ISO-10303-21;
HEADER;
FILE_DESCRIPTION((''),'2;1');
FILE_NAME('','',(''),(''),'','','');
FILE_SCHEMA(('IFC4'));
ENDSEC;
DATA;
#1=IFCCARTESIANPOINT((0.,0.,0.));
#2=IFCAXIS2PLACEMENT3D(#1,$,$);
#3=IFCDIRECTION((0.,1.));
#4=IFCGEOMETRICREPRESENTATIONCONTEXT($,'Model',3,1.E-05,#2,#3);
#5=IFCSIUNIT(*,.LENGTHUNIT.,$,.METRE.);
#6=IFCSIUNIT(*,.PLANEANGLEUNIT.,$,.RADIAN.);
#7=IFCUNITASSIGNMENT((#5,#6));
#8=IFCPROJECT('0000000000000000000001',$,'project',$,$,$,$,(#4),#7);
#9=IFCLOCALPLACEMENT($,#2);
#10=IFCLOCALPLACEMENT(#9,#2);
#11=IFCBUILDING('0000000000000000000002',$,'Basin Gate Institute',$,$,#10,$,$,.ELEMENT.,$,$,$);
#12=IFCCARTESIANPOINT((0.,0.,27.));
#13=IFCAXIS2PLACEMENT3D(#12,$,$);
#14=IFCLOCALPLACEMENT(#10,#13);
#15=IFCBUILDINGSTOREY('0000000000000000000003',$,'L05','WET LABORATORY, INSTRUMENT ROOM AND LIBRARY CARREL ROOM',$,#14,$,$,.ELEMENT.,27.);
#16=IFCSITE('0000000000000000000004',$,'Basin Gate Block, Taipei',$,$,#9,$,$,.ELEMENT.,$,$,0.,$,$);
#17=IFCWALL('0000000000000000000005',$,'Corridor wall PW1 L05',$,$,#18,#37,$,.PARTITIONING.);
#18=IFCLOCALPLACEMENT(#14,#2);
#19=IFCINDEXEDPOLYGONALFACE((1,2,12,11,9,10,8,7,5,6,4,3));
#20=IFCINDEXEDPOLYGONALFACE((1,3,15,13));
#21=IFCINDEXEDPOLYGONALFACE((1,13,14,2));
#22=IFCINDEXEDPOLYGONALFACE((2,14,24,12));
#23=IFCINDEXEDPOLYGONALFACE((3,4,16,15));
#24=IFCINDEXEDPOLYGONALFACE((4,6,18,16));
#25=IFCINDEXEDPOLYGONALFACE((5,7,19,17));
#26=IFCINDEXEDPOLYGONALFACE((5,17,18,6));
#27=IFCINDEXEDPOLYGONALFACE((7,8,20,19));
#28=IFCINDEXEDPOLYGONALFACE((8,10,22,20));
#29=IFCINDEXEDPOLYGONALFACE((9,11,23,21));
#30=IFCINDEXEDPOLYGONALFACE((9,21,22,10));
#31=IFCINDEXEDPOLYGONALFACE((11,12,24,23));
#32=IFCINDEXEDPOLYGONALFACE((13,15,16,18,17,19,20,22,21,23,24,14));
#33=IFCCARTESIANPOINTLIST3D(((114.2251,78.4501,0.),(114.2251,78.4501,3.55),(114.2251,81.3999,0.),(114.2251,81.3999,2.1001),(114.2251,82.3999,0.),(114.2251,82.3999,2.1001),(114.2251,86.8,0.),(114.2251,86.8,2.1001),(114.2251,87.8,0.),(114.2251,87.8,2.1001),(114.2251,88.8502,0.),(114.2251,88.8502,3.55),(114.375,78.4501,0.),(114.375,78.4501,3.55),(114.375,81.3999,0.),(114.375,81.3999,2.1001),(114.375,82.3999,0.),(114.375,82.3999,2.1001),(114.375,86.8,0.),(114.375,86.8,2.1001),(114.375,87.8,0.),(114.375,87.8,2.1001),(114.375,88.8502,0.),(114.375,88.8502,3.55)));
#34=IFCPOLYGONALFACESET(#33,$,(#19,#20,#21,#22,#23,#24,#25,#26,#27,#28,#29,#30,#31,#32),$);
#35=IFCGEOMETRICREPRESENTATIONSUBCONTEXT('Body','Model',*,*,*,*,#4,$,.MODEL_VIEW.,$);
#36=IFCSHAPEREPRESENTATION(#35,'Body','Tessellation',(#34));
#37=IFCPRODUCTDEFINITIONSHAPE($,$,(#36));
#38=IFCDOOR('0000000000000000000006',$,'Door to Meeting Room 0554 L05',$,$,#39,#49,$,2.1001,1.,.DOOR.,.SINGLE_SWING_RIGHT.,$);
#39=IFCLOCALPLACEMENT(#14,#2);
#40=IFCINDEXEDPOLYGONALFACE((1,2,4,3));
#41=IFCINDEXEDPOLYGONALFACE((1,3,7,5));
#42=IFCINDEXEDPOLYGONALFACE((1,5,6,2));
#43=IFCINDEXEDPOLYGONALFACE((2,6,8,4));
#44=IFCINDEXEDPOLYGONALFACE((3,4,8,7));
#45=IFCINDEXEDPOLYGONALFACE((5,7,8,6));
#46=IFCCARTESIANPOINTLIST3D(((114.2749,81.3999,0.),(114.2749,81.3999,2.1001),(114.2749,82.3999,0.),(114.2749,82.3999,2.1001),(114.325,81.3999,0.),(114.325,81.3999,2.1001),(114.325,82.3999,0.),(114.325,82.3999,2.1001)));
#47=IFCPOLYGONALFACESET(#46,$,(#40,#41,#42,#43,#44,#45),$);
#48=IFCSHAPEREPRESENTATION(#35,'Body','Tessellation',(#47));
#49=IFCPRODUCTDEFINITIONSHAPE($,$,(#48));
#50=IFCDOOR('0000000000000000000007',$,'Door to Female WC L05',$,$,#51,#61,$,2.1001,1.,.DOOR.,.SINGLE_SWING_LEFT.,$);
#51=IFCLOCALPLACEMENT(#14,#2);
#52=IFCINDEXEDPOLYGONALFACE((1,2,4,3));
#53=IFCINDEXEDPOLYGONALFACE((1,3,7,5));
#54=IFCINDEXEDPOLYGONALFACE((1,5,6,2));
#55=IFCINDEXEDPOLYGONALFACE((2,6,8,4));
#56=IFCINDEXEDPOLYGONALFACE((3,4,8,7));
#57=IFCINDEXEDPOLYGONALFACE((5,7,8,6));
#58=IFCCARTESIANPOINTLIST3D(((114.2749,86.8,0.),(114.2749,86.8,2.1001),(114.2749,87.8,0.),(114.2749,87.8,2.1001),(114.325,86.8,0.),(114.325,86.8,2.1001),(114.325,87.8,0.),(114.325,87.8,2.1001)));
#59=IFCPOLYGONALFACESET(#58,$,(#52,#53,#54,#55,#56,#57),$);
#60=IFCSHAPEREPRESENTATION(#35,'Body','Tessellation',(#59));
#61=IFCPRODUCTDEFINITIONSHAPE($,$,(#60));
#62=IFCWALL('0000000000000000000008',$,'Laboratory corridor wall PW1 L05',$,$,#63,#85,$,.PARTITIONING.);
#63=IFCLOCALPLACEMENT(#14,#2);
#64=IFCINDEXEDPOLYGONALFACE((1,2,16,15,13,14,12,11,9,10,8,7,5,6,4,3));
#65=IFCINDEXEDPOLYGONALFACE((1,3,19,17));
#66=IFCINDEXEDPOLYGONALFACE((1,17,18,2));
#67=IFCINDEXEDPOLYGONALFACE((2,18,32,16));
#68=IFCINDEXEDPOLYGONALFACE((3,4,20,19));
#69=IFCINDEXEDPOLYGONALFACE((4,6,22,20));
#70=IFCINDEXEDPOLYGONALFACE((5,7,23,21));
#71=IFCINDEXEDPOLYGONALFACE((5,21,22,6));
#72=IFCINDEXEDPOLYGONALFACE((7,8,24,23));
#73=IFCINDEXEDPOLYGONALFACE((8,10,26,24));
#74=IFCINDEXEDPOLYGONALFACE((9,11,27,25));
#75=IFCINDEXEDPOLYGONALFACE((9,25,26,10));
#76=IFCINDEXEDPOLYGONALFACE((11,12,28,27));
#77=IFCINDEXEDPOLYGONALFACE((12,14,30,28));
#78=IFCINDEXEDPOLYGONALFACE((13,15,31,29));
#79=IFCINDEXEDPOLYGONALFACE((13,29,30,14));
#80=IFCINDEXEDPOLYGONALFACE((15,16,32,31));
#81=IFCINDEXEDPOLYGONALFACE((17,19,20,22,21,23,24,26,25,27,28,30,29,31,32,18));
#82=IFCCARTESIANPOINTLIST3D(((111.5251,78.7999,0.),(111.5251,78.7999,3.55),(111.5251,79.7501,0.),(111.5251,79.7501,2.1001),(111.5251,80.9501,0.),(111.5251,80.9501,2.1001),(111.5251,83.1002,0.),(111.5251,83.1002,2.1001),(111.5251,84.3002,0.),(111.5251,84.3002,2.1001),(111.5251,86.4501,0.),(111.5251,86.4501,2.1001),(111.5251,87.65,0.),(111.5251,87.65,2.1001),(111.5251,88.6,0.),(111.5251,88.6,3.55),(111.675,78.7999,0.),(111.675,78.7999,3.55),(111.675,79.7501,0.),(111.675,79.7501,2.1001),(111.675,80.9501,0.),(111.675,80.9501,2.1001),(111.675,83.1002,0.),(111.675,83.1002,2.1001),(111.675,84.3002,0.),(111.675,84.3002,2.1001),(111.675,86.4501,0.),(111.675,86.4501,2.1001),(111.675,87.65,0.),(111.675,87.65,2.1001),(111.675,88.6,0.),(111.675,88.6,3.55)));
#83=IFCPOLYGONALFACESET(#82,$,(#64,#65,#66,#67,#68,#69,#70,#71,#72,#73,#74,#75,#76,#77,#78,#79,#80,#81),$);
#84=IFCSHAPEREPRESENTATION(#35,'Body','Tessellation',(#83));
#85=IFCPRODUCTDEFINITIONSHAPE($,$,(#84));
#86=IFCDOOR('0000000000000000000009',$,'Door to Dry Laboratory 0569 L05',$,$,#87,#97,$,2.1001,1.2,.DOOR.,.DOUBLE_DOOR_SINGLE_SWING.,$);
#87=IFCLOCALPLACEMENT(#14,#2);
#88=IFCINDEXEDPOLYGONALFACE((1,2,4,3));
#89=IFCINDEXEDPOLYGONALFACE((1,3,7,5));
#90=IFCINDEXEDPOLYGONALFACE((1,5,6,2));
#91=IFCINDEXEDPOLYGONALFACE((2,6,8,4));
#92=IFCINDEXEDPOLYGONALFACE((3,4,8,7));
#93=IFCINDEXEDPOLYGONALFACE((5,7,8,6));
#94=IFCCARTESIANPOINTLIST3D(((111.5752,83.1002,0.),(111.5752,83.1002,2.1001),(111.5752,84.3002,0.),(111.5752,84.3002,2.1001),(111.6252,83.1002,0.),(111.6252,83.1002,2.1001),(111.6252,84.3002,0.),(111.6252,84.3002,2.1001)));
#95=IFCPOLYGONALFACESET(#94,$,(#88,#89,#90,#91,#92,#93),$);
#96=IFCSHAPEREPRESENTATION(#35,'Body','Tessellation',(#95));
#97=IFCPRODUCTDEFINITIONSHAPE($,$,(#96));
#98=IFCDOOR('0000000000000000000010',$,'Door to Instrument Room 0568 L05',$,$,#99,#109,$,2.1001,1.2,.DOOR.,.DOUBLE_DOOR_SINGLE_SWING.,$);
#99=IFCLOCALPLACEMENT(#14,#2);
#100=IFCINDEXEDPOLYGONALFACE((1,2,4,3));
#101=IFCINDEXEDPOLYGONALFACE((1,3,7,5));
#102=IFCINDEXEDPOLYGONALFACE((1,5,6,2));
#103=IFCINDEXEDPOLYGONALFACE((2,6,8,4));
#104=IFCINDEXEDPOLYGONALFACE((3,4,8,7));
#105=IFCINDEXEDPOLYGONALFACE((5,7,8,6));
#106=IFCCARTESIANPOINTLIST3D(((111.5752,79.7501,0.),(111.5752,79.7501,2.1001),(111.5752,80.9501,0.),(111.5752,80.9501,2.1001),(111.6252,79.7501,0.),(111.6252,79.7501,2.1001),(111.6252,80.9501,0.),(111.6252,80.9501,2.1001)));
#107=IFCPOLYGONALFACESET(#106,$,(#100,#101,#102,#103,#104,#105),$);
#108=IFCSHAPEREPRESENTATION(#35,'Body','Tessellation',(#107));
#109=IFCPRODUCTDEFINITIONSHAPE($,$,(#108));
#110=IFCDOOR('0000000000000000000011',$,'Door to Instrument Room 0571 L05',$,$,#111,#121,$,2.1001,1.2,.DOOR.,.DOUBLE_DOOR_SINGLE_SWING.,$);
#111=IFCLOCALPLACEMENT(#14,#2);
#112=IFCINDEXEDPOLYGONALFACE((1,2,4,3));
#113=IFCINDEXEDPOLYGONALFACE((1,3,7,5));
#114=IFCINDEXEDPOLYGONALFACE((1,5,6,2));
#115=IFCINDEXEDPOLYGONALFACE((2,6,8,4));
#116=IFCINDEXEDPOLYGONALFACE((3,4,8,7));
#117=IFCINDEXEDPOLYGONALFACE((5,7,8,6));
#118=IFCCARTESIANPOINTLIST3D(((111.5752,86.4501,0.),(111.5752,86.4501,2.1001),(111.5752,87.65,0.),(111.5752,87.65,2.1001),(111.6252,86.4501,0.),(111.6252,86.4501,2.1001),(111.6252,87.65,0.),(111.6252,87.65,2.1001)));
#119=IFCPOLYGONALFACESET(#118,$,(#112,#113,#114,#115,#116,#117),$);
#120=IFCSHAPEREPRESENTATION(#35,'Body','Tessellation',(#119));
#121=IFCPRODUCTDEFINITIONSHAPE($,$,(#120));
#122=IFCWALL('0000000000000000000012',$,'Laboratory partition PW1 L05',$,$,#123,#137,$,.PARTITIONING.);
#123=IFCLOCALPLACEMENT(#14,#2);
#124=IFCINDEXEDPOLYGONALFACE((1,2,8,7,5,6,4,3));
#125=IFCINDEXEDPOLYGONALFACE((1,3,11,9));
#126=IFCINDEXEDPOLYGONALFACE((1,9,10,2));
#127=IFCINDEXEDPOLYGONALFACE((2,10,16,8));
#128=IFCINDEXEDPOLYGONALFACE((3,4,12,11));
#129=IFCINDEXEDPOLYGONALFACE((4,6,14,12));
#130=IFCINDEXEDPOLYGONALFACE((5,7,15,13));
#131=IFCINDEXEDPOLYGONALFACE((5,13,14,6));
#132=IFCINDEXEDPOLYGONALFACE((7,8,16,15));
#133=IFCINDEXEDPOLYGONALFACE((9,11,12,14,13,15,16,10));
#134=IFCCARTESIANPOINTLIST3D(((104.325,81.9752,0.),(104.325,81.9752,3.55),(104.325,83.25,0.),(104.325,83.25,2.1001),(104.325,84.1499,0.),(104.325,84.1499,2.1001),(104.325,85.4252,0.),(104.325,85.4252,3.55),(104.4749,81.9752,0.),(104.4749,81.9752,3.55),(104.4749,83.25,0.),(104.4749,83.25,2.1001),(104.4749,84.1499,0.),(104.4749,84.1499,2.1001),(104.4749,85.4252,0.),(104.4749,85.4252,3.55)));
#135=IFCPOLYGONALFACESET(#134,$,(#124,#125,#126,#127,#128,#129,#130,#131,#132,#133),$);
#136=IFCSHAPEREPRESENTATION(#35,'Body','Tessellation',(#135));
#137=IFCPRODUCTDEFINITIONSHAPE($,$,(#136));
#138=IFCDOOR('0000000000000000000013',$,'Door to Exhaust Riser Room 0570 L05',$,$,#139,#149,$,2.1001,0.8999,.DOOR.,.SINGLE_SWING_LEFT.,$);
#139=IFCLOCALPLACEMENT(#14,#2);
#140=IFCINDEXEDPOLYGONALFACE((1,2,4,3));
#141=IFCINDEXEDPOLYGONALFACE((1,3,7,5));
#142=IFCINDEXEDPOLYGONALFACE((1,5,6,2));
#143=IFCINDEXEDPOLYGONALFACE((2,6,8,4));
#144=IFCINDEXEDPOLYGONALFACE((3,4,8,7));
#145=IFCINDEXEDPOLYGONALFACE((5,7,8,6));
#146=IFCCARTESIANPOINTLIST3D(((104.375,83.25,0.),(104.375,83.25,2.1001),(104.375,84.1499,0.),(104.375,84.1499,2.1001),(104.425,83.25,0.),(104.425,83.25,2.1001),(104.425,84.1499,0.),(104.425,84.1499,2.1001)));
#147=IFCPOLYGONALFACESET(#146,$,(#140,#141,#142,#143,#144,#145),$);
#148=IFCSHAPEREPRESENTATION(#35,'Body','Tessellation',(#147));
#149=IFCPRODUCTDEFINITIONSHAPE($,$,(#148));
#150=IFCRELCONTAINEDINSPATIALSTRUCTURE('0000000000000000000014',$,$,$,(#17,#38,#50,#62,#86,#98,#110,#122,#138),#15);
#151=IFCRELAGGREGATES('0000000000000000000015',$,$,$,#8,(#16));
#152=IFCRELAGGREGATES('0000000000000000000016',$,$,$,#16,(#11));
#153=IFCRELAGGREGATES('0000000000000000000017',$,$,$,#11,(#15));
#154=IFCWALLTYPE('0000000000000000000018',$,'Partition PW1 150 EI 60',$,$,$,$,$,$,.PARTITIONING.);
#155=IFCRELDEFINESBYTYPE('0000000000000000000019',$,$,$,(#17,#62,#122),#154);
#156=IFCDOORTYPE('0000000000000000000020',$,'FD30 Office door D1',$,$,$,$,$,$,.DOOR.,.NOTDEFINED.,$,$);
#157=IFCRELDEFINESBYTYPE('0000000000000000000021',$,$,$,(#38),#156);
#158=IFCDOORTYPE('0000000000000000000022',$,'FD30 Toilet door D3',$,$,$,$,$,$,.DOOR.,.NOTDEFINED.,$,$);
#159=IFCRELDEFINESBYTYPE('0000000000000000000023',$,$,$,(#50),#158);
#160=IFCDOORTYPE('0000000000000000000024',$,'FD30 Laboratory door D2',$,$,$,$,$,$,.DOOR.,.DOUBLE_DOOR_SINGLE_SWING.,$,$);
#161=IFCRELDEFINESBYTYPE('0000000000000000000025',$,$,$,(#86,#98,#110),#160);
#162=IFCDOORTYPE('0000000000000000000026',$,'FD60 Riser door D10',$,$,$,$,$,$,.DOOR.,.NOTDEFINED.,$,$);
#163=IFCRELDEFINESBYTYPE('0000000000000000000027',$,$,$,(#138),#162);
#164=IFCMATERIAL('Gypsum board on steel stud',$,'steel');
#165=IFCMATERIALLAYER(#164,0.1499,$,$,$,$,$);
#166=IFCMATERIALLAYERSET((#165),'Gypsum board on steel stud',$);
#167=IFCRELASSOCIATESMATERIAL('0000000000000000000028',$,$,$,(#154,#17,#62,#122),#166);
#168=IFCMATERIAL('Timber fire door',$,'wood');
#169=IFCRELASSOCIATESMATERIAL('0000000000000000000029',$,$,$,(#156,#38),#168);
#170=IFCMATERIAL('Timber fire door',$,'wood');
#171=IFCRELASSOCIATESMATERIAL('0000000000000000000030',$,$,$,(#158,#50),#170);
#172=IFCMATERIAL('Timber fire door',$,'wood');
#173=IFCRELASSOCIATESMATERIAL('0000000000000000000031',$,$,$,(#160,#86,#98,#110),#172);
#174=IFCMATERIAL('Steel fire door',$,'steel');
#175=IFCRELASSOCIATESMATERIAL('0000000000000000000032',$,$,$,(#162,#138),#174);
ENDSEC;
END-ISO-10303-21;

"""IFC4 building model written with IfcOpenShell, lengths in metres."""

from ifc_helpers import new_model, si_unit, direction, frame, frame_2d, origin, place, context, subcontext, project, spatial, rectangle, extrude, material, layer, layer_set, type_object, element, fill, save


model = new_model("IFC4")

# Units and contexts
model_context = context("Model", 3, precision=1e-05, world=origin(), true_north=direction((0.0, 1.0)))
body_context = subcontext(model_context, "Body", "Model", "MODEL_VIEW")
ifc_project = project(units=[si_unit("LENGTHUNIT", "METRE"), si_unit("PLANEANGLEUNIT", "RADIAN")], contexts=[model_context])

# Site, building, storey
site_placement = place(None, origin())
site = spatial("IfcSite", under=ifc_project, at=site_placement, Name="Basin Gate Block, Taipei", CompositionType="ELEMENT", RefElevation=0.0)
building_placement = place(site_placement, origin())
building = spatial("IfcBuilding", under=site, at=building_placement, Name="Basin Gate Institute", CompositionType="ELEMENT")
storey_placement = place(building_placement, frame((0.0, 0.0, 27.0)))
storey = spatial("IfcBuildingStorey", under=building, at=storey_placement, Name="L05", Description="WET LABORATORY, INSTRUMENT ROOM AND LIBRARY CARREL ROOM", CompositionType="ELEMENT", Elevation=27.0)

# Walls, openings, doors
ifc_material_1 = material(Name="Gypsum board on steel stud", Category="steel")
ifc_layer_1 = layer(ifc_material_1, 0.1499)
ifc_layer_set_1 = layer_set([ifc_layer_1], Name="Gypsum board on steel stud")
wall_type_1 = type_object("IfcWallType", Name="Partition PW1 150 EI 60", PredefinedType="PARTITIONING", material=ifc_layer_set_1)
wall_1_placement = place(storey_placement, frame((114.3, 78.45, 0.0), z_axis=(0.0, 0.0, 1.0), x_axis=(0.0, 1.0, 0.0)))
wall_1 = element("IfcWall", 1, at=wall_1_placement, inside=storey, type_object=wall_type_1, material=ifc_layer_set_1, Name="Corridor wall PW1 L05", PredefinedType="PARTITIONING", context=body_context, shape_type="SweptSolid", body=[
    extrude(rectangle(XDim=10.4001, YDim=0.1499, at=frame_2d((5.2002, 0.0))), origin(), (0.0, 0.0, 1.0), 3.55),
])
opening_1_placement = place(wall_1_placement, frame((8.3501, 0.0, 0.0)))
opening_1 = element("IfcOpeningElement", 2, at=opening_1_placement, cuts=wall_1, PredefinedType="OPENING", context=body_context, shape_type="SweptSolid", body=[
    extrude(rectangle(XDim=1.0, YDim=2.1001, at=frame_2d((0.5, 1.05))), frame((0.0, 0.085, 0.0), z_axis=(0.0, -1.0, 0.0), x_axis=(1.0, 0.0, 0.0)), (0.0, 0.0, 1.0), 0.1699),
])
opening_2_placement = place(wall_1_placement, frame((2.95, 0.0, 0.0)))
opening_2 = element("IfcOpeningElement", 3, at=opening_2_placement, cuts=wall_1, PredefinedType="OPENING", context=body_context, shape_type="SweptSolid", body=[
    extrude(rectangle(XDim=1.0, YDim=2.1001, at=frame_2d((0.5, 1.05))), frame((0.0, 0.085, 0.0), z_axis=(0.0, -1.0, 0.0), x_axis=(1.0, 0.0, 0.0)), (0.0, 0.0, 1.0), 0.1699),
])
ifc_material_2 = material(Name="Timber fire door", Category="wood")
door_type_1 = type_object("IfcDoorType", Name="FD30 Office door D1", OperationType="NOTDEFINED", PredefinedType="DOOR", material=ifc_material_2)
door_1_placement = place(opening_2_placement, frame((1.0, 0.0, 0.0), z_axis=(0.0, 0.0, 1.0), x_axis=(-1.0, 0.0, 0.0)))
door_1 = element("IfcDoor", 4, at=door_1_placement, inside=storey, type_object=door_type_1, material=ifc_material_2, Name="Door to Meeting Room 0554 L05", OperationType="SINGLE_SWING_RIGHT", OverallHeight=2.1001, OverallWidth=1.0, PredefinedType="DOOR", context=body_context, shape_type="SweptSolid", body=[
    extrude(rectangle(XDim=1.0, YDim=2.1001, at=frame_2d((0.5, 1.05))), frame((0.0, 0.0249, 0.0), z_axis=(0.0, -1.0, 0.0), x_axis=(1.0, 0.0, 0.0)), (0.0, 0.0, 1.0), 0.05),
])
fill(opening_2, door_1)
ifc_material_3 = material(Name="Timber fire door", Category="wood")
door_type_2 = type_object("IfcDoorType", Name="FD30 Toilet door D3", OperationType="NOTDEFINED", PredefinedType="DOOR", material=ifc_material_3)
door_2_placement = place(opening_1_placement, frame((1.0, 0.0, 0.0), z_axis=(0.0, 0.0, 1.0), x_axis=(-1.0, 0.0, 0.0)))
door_2 = element("IfcDoor", 5, at=door_2_placement, inside=storey, type_object=door_type_2, material=ifc_material_3, Name="Door to Female WC L05", OperationType="SINGLE_SWING_LEFT", OverallHeight=2.1001, OverallWidth=1.0, PredefinedType="DOOR", context=body_context, shape_type="SweptSolid", body=[
    extrude(rectangle(XDim=1.0, YDim=2.1001, at=frame_2d((0.5, 1.05))), frame((0.0, 0.0249, 0.0), z_axis=(0.0, -1.0, 0.0), x_axis=(1.0, 0.0, 0.0)), (0.0, 0.0, 1.0), 0.05),
])
fill(opening_1, door_2)
wall_2_placement = place(storey_placement, frame((111.6001, 78.8, 0.0), z_axis=(0.0, 0.0, 1.0), x_axis=(0.0, 1.0, 0.0)))
wall_2 = element("IfcWall", 6, at=wall_2_placement, inside=storey, type_object=wall_type_1, material=ifc_layer_set_1, Name="Laboratory corridor wall PW1 L05", PredefinedType="PARTITIONING", context=body_context, shape_type="SweptSolid", body=[
    extrude(rectangle(XDim=9.8, YDim=0.1499, at=frame_2d((4.8999, 0.0))), origin(), (0.0, 0.0, 1.0), 3.55),
])
opening_3_placement = place(wall_2_placement, frame((4.3, 0.0, 0.0)))
opening_3 = element("IfcOpeningElement", 7, at=opening_3_placement, cuts=wall_2, PredefinedType="OPENING", context=body_context, shape_type="SweptSolid", body=[
    extrude(rectangle(XDim=1.2, YDim=2.1001, at=frame_2d((0.6001, 1.05))), frame((0.0, 0.085, 0.0), z_axis=(0.0, -1.0, 0.0), x_axis=(1.0, 0.0, 0.0)), (0.0, 0.0, 1.0), 0.1699),
])
opening_4_placement = place(wall_2_placement, frame((0.95, 0.0, 0.0)))
opening_4 = element("IfcOpeningElement", 8, at=opening_4_placement, cuts=wall_2, PredefinedType="OPENING", context=body_context, shape_type="SweptSolid", body=[
    extrude(rectangle(XDim=1.2, YDim=2.1001, at=frame_2d((0.6001, 1.05))), frame((0.0, 0.085, 0.0), z_axis=(0.0, -1.0, 0.0), x_axis=(1.0, 0.0, 0.0)), (0.0, 0.0, 1.0), 0.1699),
])
opening_5_placement = place(wall_2_placement, frame((7.6499, 0.0, 0.0)))
opening_5 = element("IfcOpeningElement", 9, at=opening_5_placement, cuts=wall_2, PredefinedType="OPENING", context=body_context, shape_type="SweptSolid", body=[
    extrude(rectangle(XDim=1.2, YDim=2.1001, at=frame_2d((0.6001, 1.05))), frame((0.0, 0.085, 0.0), z_axis=(0.0, -1.0, 0.0), x_axis=(1.0, 0.0, 0.0)), (0.0, 0.0, 1.0), 0.1699),
])
ifc_material_4 = material(Name="Timber fire door", Category="wood")
door_type_3 = type_object("IfcDoorType", Name="FD30 Laboratory door D2", OperationType="DOUBLE_DOOR_SINGLE_SWING", PredefinedType="DOOR", material=ifc_material_4)
door_3_placement = place(opening_3_placement, origin())
door_3 = element("IfcDoor", 10, at=door_3_placement, inside=storey, type_object=door_type_3, material=ifc_material_4, Name="Door to Dry Laboratory 0569 L05", OperationType="DOUBLE_DOOR_SINGLE_SWING", OverallHeight=2.1001, OverallWidth=1.2, PredefinedType="DOOR", context=body_context, shape_type="SweptSolid", body=[
    extrude(rectangle(XDim=1.2, YDim=2.1001, at=frame_2d((0.6001, 1.05))), frame((0.0, 0.0249, 0.0), z_axis=(0.0, -1.0, 0.0), x_axis=(1.0, 0.0, 0.0)), (0.0, 0.0, 1.0), 0.05),
])
fill(opening_3, door_3)
door_4_placement = place(opening_4_placement, origin())
door_4 = element("IfcDoor", 11, at=door_4_placement, inside=storey, type_object=door_type_3, material=ifc_material_4, Name="Door to Instrument Room 0568 L05", OperationType="DOUBLE_DOOR_SINGLE_SWING", OverallHeight=2.1001, OverallWidth=1.2, PredefinedType="DOOR", context=body_context, shape_type="SweptSolid", body=[
    extrude(rectangle(XDim=1.2, YDim=2.1001, at=frame_2d((0.6001, 1.05))), frame((0.0, 0.0249, 0.0), z_axis=(0.0, -1.0, 0.0), x_axis=(1.0, 0.0, 0.0)), (0.0, 0.0, 1.0), 0.05),
])
fill(opening_4, door_4)
door_5_placement = place(opening_5_placement, origin())
door_5 = element("IfcDoor", 12, at=door_5_placement, inside=storey, type_object=door_type_3, material=ifc_material_4, Name="Door to Instrument Room 0571 L05", OperationType="DOUBLE_DOOR_SINGLE_SWING", OverallHeight=2.1001, OverallWidth=1.2, PredefinedType="DOOR", context=body_context, shape_type="SweptSolid", body=[
    extrude(rectangle(XDim=1.2, YDim=2.1001, at=frame_2d((0.6001, 1.05))), frame((0.0, 0.0249, 0.0), z_axis=(0.0, -1.0, 0.0), x_axis=(1.0, 0.0, 0.0)), (0.0, 0.0, 1.0), 0.05),
])
fill(opening_5, door_5)

# Wall, opening, door
wall_3_placement = place(storey_placement, frame((104.3999, 81.9751, 0.0), z_axis=(0.0, 0.0, 1.0), x_axis=(0.0, 1.0, 0.0)))
wall_3 = element("IfcWall", 13, at=wall_3_placement, inside=storey, type_object=wall_type_1, material=ifc_layer_set_1, Name="Laboratory partition PW1 L05", PredefinedType="PARTITIONING", context=body_context, shape_type="SweptSolid", body=[
    extrude(rectangle(XDim=3.45, YDim=0.1499, at=frame_2d((1.7251, 0.0))), origin(), (0.0, 0.0, 1.0), 3.55),
])
opening_6_placement = place(wall_3_placement, frame((1.2749, 0.0, 0.0)))
opening_6 = element("IfcOpeningElement", 14, at=opening_6_placement, cuts=wall_3, PredefinedType="OPENING", context=body_context, shape_type="SweptSolid", body=[
    extrude(rectangle(XDim=0.8999, YDim=2.1001, at=frame_2d((0.45, 1.05))), frame((0.0, 0.085, 0.0), z_axis=(0.0, -1.0, 0.0), x_axis=(1.0, 0.0, 0.0)), (0.0, 0.0, 1.0), 0.1699),
])
ifc_material_5 = material(Name="Steel fire door", Category="steel")
door_type_4 = type_object("IfcDoorType", Name="FD60 Riser door D10", OperationType="NOTDEFINED", PredefinedType="DOOR", material=ifc_material_5)
door_6_placement = place(opening_6_placement, origin())
door_6 = element("IfcDoor", 15, at=door_6_placement, inside=storey, type_object=door_type_4, material=ifc_material_5, Name="Door to Exhaust Riser Room 0570 L05", OperationType="SINGLE_SWING_LEFT", OverallHeight=2.1001, OverallWidth=0.8999, PredefinedType="DOOR", context=body_context, shape_type="SweptSolid", body=[
    extrude(rectangle(XDim=0.8999, YDim=2.1001, at=frame_2d((0.45, 1.05))), frame((0.0, 0.0249, 0.0), z_axis=(0.0, -1.0, 0.0), x_axis=(1.0, 0.0, 0.0)), (0.0, 0.0, 1.0), 0.05),
])
fill(opening_6, door_6)

save(model, "model.ifc")
